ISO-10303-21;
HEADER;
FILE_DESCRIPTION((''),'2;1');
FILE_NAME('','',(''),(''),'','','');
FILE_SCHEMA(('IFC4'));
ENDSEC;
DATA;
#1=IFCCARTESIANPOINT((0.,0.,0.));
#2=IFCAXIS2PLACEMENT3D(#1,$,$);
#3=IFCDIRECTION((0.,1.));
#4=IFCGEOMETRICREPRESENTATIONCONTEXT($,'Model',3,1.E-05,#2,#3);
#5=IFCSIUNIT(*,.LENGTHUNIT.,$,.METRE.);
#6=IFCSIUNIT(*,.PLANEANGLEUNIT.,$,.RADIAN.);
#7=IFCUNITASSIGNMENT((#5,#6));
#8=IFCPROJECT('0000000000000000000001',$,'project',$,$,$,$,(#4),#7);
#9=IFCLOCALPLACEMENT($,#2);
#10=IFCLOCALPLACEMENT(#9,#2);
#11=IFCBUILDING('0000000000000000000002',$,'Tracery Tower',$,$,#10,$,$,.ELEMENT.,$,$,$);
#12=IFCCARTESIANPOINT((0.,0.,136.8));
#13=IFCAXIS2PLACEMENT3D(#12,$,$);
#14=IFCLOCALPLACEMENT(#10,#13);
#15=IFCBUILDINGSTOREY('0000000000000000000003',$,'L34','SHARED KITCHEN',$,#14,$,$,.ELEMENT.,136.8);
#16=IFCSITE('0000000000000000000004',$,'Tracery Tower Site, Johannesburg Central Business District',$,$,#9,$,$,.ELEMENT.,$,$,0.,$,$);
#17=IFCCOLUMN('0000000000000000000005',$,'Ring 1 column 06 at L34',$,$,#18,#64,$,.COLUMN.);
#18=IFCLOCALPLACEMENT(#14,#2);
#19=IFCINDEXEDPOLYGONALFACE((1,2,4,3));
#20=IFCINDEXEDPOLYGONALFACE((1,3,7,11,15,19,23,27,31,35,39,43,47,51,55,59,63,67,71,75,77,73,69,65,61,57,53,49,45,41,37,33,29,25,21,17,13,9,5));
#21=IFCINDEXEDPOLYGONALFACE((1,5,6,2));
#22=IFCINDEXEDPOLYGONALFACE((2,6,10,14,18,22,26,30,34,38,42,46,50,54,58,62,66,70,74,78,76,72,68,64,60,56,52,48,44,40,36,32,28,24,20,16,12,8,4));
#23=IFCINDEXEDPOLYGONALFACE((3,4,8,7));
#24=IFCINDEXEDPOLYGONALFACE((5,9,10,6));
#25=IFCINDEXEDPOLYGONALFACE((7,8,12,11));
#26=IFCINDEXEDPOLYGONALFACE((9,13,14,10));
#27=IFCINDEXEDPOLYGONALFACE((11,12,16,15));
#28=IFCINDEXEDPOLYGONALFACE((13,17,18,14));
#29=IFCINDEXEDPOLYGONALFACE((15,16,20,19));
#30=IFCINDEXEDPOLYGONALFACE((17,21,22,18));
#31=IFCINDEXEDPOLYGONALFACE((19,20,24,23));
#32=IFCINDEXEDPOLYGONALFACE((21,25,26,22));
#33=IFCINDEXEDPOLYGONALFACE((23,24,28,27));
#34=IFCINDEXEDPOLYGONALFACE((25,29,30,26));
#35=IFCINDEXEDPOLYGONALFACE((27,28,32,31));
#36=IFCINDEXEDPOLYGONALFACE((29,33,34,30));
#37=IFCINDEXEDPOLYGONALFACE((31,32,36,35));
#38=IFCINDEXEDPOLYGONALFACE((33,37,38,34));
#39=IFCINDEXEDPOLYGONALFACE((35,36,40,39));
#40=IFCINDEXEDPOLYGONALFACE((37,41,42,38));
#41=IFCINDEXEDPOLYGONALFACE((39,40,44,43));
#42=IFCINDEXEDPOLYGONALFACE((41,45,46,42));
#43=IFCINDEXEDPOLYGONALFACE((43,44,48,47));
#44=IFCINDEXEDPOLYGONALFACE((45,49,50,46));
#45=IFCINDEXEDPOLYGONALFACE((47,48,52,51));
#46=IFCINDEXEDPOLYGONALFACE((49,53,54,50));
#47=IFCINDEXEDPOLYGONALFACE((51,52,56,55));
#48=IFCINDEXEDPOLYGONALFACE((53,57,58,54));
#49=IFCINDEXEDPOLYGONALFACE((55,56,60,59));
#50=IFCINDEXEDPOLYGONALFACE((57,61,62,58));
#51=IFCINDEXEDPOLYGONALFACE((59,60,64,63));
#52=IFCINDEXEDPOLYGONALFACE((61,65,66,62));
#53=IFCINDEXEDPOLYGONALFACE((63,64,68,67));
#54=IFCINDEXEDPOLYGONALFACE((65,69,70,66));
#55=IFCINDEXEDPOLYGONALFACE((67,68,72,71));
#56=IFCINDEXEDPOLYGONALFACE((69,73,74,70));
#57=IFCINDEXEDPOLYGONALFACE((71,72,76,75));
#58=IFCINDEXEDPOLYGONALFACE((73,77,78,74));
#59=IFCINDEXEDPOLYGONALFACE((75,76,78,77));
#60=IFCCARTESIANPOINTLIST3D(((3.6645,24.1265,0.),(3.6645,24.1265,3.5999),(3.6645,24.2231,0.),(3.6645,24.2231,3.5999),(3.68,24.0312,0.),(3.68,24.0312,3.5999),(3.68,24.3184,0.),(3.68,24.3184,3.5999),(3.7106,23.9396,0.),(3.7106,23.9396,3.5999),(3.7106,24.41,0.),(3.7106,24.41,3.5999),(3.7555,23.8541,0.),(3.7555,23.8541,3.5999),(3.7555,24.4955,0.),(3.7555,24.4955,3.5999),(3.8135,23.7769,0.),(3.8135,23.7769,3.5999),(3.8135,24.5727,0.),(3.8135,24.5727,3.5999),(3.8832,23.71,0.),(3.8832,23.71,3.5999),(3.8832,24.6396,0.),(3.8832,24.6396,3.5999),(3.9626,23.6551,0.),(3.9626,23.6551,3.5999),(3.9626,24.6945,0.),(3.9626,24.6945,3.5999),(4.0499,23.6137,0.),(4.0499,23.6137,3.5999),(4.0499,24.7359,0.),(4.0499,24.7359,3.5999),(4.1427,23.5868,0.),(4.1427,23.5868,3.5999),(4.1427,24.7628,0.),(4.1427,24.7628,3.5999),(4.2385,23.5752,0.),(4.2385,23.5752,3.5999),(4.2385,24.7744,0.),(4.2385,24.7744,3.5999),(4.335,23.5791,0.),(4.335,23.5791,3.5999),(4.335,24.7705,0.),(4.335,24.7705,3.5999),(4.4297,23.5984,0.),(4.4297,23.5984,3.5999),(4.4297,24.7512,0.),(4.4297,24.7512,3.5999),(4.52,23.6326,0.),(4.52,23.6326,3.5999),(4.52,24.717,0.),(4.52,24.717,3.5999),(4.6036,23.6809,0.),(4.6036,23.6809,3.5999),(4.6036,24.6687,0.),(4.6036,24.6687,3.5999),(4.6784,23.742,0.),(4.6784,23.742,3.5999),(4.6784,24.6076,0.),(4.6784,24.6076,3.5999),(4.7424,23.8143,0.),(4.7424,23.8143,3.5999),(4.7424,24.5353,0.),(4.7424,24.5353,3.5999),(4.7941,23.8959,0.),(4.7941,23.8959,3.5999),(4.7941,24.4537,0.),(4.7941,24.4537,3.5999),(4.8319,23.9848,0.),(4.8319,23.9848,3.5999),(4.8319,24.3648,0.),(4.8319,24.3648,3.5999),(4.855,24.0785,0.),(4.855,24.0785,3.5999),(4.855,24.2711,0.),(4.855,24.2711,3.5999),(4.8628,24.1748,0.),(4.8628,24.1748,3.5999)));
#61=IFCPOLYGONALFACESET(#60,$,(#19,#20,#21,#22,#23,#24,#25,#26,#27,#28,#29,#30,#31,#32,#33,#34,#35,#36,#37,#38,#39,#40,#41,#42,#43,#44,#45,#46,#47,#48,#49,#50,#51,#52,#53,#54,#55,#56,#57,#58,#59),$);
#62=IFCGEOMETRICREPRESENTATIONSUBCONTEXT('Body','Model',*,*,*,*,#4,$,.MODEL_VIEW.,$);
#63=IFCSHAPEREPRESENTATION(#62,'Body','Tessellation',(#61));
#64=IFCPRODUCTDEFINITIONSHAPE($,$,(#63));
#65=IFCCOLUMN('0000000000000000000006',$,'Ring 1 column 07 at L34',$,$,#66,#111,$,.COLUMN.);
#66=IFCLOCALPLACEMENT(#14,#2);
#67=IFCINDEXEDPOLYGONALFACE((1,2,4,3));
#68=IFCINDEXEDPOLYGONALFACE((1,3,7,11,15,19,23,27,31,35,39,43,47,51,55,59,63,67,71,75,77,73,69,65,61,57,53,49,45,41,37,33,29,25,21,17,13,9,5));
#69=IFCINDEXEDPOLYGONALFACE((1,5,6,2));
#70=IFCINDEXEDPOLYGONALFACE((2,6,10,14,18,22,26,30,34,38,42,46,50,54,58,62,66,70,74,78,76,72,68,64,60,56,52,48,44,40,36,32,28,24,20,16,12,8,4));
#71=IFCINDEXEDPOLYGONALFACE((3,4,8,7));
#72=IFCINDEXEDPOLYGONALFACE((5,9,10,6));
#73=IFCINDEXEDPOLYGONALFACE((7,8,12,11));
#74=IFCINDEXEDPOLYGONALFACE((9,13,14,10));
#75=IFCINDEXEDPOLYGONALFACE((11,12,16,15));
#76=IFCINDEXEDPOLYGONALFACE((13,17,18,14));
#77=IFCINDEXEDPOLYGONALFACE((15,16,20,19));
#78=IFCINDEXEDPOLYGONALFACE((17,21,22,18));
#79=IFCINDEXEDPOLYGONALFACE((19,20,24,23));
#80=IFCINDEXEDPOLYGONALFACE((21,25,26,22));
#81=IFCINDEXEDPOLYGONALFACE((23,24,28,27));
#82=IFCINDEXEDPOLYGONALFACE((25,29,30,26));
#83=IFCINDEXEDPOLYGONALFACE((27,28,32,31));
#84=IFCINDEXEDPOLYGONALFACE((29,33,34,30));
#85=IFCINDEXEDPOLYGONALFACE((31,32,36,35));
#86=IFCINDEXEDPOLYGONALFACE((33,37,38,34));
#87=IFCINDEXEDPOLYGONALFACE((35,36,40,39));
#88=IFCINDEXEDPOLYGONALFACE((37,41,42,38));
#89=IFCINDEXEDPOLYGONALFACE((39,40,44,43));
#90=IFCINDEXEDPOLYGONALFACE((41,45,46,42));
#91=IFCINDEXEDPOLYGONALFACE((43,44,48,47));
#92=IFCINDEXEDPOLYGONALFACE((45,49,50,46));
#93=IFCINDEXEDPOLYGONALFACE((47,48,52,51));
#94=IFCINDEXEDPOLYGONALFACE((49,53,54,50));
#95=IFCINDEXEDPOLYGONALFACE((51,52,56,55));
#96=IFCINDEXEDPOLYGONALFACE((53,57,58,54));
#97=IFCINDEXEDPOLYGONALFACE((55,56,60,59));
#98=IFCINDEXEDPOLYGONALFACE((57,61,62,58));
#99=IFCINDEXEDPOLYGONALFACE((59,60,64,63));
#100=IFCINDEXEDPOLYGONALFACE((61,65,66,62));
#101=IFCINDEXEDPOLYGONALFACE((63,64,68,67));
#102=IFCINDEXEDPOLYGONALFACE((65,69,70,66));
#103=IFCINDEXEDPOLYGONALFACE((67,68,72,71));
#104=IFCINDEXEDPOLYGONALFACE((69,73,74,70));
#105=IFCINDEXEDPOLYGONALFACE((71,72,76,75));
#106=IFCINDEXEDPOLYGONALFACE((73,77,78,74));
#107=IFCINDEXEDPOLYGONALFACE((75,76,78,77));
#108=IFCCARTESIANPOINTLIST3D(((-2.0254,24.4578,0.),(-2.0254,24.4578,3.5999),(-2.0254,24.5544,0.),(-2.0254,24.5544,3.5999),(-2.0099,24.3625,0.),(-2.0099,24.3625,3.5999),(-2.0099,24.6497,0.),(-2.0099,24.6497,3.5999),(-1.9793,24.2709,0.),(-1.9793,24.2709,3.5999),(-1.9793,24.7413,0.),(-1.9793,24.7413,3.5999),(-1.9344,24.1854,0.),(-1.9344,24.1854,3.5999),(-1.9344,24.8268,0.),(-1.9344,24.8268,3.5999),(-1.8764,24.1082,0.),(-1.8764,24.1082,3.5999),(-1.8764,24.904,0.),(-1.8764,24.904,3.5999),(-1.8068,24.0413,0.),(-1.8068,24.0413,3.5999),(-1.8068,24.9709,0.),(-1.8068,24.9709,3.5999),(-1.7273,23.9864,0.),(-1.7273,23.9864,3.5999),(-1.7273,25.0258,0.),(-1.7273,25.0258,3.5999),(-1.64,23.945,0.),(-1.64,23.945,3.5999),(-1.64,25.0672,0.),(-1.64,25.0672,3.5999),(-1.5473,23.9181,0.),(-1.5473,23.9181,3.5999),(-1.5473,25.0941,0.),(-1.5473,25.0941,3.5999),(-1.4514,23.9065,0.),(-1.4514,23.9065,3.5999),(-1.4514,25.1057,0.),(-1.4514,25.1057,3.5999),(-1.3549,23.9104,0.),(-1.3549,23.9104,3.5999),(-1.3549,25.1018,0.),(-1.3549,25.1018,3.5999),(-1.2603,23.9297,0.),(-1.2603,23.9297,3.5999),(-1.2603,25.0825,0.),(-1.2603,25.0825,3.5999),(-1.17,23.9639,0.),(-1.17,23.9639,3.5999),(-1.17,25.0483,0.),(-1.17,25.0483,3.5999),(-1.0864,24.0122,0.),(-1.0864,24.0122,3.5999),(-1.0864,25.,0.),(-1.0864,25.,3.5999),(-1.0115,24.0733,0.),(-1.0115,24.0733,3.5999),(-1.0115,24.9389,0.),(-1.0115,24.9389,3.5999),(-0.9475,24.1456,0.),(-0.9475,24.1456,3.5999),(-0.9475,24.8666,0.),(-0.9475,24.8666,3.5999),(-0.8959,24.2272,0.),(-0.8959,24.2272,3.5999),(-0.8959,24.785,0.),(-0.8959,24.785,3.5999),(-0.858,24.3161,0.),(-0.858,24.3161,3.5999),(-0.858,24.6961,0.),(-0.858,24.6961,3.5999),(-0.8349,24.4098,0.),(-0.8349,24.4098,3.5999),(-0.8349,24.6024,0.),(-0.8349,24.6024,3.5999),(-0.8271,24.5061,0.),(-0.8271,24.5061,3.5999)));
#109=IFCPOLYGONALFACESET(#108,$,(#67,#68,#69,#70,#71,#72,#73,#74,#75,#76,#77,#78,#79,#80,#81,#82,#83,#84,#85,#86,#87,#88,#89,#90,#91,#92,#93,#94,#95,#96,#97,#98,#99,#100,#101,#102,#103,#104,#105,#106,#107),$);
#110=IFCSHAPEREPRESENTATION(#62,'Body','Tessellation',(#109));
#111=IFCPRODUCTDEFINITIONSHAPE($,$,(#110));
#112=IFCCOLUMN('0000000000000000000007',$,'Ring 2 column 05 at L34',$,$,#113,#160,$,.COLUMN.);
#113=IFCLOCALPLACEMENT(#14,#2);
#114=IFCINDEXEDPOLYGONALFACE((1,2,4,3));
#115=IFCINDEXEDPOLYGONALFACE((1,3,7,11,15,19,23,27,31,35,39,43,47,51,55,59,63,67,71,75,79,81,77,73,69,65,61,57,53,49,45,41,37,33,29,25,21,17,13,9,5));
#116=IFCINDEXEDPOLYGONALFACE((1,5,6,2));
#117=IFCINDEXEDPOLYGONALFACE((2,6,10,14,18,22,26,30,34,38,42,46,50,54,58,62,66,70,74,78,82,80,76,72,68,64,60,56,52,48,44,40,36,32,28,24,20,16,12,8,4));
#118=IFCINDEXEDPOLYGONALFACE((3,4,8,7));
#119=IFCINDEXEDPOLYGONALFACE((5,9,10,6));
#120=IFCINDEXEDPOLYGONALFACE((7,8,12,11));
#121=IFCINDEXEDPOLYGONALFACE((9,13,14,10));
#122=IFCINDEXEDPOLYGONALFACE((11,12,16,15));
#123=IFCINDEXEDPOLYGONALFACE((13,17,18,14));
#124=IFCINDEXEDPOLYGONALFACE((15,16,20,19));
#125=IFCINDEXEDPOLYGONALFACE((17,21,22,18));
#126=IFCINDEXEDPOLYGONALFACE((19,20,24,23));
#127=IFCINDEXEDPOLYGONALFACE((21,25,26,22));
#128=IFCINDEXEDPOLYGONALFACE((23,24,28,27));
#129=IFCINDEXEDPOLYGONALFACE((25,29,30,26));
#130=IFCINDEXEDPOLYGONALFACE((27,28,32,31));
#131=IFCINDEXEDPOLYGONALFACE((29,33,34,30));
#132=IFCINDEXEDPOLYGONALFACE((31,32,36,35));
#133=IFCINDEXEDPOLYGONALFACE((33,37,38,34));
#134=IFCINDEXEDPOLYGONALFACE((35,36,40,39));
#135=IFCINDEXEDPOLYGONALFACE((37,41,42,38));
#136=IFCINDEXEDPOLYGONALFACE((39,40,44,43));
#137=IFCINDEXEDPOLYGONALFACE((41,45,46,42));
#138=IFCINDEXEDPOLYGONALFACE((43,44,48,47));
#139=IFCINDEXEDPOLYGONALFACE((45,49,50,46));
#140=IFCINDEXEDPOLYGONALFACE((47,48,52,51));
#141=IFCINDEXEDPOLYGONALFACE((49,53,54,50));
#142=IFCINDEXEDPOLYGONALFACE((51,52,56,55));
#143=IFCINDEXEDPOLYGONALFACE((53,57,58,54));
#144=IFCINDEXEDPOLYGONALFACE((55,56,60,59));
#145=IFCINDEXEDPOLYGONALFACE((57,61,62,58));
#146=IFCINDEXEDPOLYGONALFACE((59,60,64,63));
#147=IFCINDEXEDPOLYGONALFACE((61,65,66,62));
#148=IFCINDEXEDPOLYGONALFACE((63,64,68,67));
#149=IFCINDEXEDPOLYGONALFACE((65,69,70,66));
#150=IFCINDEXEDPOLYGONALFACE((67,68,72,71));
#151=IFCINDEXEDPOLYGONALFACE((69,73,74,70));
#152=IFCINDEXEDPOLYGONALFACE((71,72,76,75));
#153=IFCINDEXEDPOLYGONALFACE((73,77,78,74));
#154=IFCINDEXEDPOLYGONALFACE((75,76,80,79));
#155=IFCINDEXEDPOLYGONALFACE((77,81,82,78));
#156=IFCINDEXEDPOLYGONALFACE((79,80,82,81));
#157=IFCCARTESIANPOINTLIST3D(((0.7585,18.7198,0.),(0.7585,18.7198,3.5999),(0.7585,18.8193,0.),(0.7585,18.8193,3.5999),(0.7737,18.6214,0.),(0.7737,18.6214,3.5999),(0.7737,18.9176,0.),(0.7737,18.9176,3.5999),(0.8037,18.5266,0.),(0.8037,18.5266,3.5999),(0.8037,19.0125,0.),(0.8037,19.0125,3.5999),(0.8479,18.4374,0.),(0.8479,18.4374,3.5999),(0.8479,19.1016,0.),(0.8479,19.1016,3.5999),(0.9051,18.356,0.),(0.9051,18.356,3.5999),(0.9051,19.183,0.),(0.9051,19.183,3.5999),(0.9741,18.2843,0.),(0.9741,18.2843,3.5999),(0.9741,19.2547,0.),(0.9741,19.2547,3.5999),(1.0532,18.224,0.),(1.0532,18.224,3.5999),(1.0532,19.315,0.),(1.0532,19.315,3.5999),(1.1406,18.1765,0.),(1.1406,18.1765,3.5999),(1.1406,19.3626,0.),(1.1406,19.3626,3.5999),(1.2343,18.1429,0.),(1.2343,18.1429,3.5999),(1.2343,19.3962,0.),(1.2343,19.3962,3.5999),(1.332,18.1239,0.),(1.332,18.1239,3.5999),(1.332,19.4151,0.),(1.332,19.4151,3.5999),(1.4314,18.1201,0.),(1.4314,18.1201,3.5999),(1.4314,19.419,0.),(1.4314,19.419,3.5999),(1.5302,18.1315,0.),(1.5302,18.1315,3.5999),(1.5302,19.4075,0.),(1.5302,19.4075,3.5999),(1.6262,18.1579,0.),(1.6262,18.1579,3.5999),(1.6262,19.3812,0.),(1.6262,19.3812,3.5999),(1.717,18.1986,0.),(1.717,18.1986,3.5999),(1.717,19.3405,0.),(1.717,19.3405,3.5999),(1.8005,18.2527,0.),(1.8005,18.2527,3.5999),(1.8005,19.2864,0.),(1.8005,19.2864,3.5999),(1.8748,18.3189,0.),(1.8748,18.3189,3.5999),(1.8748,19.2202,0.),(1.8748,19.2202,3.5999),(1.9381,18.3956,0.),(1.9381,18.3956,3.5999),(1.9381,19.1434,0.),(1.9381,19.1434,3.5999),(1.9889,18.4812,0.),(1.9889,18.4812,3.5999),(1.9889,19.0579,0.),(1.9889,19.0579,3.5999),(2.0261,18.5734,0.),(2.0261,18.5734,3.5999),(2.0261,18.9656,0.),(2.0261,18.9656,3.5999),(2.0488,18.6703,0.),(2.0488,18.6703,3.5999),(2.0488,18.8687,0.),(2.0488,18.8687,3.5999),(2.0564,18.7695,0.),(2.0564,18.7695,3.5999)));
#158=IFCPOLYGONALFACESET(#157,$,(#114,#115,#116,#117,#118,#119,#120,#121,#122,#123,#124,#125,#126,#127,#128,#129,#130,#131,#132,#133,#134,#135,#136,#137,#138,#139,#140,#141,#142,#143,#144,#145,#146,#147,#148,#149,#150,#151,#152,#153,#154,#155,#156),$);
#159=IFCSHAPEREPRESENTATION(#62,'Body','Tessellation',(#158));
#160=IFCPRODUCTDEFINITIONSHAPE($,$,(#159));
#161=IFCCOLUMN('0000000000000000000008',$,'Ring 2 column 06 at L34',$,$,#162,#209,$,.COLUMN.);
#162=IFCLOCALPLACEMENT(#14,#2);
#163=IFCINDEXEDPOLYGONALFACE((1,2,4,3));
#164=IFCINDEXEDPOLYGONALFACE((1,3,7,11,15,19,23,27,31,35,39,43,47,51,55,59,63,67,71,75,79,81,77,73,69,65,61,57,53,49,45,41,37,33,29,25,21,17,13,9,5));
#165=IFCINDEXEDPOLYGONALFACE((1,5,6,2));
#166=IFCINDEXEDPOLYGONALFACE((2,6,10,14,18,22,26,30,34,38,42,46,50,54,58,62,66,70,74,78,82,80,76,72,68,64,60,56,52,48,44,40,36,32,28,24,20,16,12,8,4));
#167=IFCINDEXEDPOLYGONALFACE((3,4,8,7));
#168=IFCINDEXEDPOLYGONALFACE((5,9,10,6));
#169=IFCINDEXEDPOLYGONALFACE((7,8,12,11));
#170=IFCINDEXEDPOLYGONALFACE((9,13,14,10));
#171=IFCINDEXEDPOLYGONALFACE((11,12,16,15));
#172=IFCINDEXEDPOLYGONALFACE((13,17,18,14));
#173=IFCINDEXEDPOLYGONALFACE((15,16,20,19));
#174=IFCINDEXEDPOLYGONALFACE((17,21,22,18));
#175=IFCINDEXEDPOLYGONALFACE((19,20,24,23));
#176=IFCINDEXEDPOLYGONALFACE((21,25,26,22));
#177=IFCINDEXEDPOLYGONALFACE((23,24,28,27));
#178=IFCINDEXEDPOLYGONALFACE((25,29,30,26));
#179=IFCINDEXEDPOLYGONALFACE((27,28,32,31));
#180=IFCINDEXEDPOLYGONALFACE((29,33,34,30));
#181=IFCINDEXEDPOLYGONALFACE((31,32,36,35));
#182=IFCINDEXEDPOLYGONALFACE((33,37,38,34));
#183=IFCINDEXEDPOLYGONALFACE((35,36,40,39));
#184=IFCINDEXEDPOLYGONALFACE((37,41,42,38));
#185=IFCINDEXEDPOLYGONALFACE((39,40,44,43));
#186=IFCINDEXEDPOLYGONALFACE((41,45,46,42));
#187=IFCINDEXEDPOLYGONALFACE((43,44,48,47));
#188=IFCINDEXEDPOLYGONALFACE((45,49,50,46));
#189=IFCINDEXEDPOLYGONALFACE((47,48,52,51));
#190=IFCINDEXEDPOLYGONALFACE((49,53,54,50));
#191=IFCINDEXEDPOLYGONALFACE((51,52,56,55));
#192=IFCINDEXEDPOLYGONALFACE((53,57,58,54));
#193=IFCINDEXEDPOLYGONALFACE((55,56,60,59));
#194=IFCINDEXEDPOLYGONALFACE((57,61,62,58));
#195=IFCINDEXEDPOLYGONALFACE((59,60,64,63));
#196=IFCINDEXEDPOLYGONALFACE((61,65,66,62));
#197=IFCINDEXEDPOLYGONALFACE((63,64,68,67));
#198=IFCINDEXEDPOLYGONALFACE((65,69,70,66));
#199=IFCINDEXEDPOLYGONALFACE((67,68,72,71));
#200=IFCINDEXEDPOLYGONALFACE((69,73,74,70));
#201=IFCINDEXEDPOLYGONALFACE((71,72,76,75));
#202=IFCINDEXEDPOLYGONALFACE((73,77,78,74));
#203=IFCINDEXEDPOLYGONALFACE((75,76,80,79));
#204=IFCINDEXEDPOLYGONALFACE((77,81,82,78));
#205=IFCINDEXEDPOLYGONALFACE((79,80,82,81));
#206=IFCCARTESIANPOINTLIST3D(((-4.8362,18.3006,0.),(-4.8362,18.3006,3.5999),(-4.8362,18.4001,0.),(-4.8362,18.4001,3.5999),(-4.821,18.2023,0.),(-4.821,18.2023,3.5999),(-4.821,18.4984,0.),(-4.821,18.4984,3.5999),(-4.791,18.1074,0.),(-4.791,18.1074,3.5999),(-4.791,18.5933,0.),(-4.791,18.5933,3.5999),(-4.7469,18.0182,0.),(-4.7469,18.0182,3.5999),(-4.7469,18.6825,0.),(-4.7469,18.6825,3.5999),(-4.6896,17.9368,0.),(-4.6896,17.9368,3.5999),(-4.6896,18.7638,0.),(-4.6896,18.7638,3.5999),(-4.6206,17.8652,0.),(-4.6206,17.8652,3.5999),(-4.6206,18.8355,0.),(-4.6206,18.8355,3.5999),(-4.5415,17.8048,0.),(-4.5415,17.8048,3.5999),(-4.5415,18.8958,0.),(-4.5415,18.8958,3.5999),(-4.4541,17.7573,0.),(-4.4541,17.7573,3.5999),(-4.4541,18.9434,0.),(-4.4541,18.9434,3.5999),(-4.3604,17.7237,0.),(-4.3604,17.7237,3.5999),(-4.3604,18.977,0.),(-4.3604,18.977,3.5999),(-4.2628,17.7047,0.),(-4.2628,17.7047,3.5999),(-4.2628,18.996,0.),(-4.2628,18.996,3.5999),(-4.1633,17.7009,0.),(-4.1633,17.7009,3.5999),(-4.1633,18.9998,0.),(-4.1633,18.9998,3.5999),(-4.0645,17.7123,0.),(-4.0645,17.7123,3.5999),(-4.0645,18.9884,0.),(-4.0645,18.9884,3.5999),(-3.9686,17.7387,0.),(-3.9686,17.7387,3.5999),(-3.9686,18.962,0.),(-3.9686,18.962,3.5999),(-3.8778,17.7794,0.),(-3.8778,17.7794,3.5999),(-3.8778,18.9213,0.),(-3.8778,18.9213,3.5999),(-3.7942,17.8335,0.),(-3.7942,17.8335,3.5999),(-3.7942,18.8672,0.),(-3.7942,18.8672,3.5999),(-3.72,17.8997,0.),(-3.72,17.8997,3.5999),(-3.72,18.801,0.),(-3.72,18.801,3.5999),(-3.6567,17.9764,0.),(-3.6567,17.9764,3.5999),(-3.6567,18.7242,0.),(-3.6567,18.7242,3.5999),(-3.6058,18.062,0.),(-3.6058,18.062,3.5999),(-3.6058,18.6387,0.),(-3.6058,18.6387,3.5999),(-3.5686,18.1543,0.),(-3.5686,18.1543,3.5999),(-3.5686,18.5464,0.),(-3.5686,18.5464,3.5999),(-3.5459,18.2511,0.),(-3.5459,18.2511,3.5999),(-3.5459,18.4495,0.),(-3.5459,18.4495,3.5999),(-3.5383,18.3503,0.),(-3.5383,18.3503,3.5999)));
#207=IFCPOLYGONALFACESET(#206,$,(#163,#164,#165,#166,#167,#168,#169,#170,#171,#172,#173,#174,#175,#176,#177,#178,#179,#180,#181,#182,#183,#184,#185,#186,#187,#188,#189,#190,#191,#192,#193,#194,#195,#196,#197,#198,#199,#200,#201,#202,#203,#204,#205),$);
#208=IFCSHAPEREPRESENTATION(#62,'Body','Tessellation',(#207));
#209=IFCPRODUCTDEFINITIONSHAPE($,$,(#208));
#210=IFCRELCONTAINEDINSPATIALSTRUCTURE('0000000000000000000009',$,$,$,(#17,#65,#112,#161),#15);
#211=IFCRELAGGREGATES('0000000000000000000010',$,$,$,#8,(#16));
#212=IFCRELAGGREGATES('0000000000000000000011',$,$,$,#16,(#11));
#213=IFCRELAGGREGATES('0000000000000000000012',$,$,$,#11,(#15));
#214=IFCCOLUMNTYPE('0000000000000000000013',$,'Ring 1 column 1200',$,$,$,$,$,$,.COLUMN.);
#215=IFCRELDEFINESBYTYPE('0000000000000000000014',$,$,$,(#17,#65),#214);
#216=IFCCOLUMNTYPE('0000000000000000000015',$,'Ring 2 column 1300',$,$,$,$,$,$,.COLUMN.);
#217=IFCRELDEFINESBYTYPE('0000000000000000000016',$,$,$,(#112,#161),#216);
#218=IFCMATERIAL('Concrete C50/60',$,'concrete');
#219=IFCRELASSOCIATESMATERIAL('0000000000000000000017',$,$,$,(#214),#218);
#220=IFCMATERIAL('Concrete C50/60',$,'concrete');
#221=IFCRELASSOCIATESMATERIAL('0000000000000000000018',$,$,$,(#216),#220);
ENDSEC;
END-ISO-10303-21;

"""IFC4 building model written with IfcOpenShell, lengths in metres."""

from ifc_helpers import new_model, si_unit, direction, frame, origin, origin_2d, place, context, subcontext, project, spatial, circle, extrude, material, material_profile, profile_set, type_object, element, save


model = new_model("IFC4")

# Units and contexts
model_context = context("Model", 3, precision=1e-05, world=origin(), true_north=direction((0.0, 1.0)))
body_context = subcontext(model_context, "Body", "Model", "MODEL_VIEW")
ifc_project = project(units=[si_unit("LENGTHUNIT", "METRE"), si_unit("PLANEANGLEUNIT", "RADIAN")], contexts=[model_context])

# Site, building, storey
site_placement = place(None, origin())
site = spatial("IfcSite", under=ifc_project, at=site_placement, Name="Tracery Tower Site, Johannesburg Central Business District", CompositionType="ELEMENT", RefElevation=0.0)
building_placement = place(site_placement, origin())
building = spatial("IfcBuilding", under=site, at=building_placement, Name="Tracery Tower", CompositionType="ELEMENT")
storey_placement = place(building_placement, frame((0.0, 0.0, 136.8)))
storey = spatial("IfcBuildingStorey", under=building, at=storey_placement, Name="L34", Description="SHARED KITCHEN", CompositionType="ELEMENT", Elevation=136.8)

# Columns
ifc_material_1 = material(Name="Concrete C50/60", Category="concrete")
ifc_material_profile_1 = material_profile(ifc_material_1, circle(Radius=0.6001, at=origin_2d()), Name="RC D1200")
ifc_profile_set_1 = profile_set([ifc_material_profile_1], Name="Concrete C50/60")
column_type_1 = type_object("IfcColumnType", Name="Ring 1 column 1200", PredefinedType="COLUMN", material=ifc_profile_set_1)
for number, where, z_axis, x_axis, name in (
    (1, (4.2627, 24.1748, 0.0), (0.0, 0.0, 1.0), (1.0, 0.0, 0.0), "Ring 1 column 06 at L34"),
    (2, (-1.4272, 24.5061, 0.0), (0.0, 0.0, 1.0), (1.0, 0.0, 0.0), "Ring 1 column 07 at L34"),
):
    element("IfcColumn", number, at=place(storey_placement, frame(where, z_axis=z_axis, x_axis=x_axis)), inside=storey, type_object=column_type_1, Name=name, PredefinedType="COLUMN", context=body_context, shape_type="SweptSolid", body=[
        extrude(circle(Radius=0.6001, at=origin_2d()), origin(), (0.0, 0.0, 1.0), 3.5999),
    ])
ifc_material_2 = material(Name="Concrete C50/60", Category="concrete")
ifc_material_profile_2 = material_profile(ifc_material_2, circle(Radius=0.6499, at=origin_2d()), Name="RC D1300")
ifc_profile_set_2 = profile_set([ifc_material_profile_2], Name="Concrete C50/60")
column_type_2 = type_object("IfcColumnType", Name="Ring 2 column 1300", PredefinedType="COLUMN", material=ifc_profile_set_2)
for number, where, z_axis, x_axis, name in (
    (3, (1.4065, 18.7695, 0.0), (0.0, 0.0, 1.0), (1.0, 0.0, 0.0), "Ring 2 column 05 at L34"),
    (4, (-4.1882, 18.3503, 0.0), (0.0, 0.0, 1.0), (1.0, 0.0, 0.0), "Ring 2 column 06 at L34"),
):
    element("IfcColumn", number, at=place(storey_placement, frame(where, z_axis=z_axis, x_axis=x_axis)), inside=storey, type_object=column_type_2, Name=name, PredefinedType="COLUMN", context=body_context, shape_type="SweptSolid", body=[
        extrude(circle(Radius=0.6499, at=origin_2d()), origin(), (0.0, 0.0, 1.0), 3.5999),
    ])

save(model, "model.ifc")
